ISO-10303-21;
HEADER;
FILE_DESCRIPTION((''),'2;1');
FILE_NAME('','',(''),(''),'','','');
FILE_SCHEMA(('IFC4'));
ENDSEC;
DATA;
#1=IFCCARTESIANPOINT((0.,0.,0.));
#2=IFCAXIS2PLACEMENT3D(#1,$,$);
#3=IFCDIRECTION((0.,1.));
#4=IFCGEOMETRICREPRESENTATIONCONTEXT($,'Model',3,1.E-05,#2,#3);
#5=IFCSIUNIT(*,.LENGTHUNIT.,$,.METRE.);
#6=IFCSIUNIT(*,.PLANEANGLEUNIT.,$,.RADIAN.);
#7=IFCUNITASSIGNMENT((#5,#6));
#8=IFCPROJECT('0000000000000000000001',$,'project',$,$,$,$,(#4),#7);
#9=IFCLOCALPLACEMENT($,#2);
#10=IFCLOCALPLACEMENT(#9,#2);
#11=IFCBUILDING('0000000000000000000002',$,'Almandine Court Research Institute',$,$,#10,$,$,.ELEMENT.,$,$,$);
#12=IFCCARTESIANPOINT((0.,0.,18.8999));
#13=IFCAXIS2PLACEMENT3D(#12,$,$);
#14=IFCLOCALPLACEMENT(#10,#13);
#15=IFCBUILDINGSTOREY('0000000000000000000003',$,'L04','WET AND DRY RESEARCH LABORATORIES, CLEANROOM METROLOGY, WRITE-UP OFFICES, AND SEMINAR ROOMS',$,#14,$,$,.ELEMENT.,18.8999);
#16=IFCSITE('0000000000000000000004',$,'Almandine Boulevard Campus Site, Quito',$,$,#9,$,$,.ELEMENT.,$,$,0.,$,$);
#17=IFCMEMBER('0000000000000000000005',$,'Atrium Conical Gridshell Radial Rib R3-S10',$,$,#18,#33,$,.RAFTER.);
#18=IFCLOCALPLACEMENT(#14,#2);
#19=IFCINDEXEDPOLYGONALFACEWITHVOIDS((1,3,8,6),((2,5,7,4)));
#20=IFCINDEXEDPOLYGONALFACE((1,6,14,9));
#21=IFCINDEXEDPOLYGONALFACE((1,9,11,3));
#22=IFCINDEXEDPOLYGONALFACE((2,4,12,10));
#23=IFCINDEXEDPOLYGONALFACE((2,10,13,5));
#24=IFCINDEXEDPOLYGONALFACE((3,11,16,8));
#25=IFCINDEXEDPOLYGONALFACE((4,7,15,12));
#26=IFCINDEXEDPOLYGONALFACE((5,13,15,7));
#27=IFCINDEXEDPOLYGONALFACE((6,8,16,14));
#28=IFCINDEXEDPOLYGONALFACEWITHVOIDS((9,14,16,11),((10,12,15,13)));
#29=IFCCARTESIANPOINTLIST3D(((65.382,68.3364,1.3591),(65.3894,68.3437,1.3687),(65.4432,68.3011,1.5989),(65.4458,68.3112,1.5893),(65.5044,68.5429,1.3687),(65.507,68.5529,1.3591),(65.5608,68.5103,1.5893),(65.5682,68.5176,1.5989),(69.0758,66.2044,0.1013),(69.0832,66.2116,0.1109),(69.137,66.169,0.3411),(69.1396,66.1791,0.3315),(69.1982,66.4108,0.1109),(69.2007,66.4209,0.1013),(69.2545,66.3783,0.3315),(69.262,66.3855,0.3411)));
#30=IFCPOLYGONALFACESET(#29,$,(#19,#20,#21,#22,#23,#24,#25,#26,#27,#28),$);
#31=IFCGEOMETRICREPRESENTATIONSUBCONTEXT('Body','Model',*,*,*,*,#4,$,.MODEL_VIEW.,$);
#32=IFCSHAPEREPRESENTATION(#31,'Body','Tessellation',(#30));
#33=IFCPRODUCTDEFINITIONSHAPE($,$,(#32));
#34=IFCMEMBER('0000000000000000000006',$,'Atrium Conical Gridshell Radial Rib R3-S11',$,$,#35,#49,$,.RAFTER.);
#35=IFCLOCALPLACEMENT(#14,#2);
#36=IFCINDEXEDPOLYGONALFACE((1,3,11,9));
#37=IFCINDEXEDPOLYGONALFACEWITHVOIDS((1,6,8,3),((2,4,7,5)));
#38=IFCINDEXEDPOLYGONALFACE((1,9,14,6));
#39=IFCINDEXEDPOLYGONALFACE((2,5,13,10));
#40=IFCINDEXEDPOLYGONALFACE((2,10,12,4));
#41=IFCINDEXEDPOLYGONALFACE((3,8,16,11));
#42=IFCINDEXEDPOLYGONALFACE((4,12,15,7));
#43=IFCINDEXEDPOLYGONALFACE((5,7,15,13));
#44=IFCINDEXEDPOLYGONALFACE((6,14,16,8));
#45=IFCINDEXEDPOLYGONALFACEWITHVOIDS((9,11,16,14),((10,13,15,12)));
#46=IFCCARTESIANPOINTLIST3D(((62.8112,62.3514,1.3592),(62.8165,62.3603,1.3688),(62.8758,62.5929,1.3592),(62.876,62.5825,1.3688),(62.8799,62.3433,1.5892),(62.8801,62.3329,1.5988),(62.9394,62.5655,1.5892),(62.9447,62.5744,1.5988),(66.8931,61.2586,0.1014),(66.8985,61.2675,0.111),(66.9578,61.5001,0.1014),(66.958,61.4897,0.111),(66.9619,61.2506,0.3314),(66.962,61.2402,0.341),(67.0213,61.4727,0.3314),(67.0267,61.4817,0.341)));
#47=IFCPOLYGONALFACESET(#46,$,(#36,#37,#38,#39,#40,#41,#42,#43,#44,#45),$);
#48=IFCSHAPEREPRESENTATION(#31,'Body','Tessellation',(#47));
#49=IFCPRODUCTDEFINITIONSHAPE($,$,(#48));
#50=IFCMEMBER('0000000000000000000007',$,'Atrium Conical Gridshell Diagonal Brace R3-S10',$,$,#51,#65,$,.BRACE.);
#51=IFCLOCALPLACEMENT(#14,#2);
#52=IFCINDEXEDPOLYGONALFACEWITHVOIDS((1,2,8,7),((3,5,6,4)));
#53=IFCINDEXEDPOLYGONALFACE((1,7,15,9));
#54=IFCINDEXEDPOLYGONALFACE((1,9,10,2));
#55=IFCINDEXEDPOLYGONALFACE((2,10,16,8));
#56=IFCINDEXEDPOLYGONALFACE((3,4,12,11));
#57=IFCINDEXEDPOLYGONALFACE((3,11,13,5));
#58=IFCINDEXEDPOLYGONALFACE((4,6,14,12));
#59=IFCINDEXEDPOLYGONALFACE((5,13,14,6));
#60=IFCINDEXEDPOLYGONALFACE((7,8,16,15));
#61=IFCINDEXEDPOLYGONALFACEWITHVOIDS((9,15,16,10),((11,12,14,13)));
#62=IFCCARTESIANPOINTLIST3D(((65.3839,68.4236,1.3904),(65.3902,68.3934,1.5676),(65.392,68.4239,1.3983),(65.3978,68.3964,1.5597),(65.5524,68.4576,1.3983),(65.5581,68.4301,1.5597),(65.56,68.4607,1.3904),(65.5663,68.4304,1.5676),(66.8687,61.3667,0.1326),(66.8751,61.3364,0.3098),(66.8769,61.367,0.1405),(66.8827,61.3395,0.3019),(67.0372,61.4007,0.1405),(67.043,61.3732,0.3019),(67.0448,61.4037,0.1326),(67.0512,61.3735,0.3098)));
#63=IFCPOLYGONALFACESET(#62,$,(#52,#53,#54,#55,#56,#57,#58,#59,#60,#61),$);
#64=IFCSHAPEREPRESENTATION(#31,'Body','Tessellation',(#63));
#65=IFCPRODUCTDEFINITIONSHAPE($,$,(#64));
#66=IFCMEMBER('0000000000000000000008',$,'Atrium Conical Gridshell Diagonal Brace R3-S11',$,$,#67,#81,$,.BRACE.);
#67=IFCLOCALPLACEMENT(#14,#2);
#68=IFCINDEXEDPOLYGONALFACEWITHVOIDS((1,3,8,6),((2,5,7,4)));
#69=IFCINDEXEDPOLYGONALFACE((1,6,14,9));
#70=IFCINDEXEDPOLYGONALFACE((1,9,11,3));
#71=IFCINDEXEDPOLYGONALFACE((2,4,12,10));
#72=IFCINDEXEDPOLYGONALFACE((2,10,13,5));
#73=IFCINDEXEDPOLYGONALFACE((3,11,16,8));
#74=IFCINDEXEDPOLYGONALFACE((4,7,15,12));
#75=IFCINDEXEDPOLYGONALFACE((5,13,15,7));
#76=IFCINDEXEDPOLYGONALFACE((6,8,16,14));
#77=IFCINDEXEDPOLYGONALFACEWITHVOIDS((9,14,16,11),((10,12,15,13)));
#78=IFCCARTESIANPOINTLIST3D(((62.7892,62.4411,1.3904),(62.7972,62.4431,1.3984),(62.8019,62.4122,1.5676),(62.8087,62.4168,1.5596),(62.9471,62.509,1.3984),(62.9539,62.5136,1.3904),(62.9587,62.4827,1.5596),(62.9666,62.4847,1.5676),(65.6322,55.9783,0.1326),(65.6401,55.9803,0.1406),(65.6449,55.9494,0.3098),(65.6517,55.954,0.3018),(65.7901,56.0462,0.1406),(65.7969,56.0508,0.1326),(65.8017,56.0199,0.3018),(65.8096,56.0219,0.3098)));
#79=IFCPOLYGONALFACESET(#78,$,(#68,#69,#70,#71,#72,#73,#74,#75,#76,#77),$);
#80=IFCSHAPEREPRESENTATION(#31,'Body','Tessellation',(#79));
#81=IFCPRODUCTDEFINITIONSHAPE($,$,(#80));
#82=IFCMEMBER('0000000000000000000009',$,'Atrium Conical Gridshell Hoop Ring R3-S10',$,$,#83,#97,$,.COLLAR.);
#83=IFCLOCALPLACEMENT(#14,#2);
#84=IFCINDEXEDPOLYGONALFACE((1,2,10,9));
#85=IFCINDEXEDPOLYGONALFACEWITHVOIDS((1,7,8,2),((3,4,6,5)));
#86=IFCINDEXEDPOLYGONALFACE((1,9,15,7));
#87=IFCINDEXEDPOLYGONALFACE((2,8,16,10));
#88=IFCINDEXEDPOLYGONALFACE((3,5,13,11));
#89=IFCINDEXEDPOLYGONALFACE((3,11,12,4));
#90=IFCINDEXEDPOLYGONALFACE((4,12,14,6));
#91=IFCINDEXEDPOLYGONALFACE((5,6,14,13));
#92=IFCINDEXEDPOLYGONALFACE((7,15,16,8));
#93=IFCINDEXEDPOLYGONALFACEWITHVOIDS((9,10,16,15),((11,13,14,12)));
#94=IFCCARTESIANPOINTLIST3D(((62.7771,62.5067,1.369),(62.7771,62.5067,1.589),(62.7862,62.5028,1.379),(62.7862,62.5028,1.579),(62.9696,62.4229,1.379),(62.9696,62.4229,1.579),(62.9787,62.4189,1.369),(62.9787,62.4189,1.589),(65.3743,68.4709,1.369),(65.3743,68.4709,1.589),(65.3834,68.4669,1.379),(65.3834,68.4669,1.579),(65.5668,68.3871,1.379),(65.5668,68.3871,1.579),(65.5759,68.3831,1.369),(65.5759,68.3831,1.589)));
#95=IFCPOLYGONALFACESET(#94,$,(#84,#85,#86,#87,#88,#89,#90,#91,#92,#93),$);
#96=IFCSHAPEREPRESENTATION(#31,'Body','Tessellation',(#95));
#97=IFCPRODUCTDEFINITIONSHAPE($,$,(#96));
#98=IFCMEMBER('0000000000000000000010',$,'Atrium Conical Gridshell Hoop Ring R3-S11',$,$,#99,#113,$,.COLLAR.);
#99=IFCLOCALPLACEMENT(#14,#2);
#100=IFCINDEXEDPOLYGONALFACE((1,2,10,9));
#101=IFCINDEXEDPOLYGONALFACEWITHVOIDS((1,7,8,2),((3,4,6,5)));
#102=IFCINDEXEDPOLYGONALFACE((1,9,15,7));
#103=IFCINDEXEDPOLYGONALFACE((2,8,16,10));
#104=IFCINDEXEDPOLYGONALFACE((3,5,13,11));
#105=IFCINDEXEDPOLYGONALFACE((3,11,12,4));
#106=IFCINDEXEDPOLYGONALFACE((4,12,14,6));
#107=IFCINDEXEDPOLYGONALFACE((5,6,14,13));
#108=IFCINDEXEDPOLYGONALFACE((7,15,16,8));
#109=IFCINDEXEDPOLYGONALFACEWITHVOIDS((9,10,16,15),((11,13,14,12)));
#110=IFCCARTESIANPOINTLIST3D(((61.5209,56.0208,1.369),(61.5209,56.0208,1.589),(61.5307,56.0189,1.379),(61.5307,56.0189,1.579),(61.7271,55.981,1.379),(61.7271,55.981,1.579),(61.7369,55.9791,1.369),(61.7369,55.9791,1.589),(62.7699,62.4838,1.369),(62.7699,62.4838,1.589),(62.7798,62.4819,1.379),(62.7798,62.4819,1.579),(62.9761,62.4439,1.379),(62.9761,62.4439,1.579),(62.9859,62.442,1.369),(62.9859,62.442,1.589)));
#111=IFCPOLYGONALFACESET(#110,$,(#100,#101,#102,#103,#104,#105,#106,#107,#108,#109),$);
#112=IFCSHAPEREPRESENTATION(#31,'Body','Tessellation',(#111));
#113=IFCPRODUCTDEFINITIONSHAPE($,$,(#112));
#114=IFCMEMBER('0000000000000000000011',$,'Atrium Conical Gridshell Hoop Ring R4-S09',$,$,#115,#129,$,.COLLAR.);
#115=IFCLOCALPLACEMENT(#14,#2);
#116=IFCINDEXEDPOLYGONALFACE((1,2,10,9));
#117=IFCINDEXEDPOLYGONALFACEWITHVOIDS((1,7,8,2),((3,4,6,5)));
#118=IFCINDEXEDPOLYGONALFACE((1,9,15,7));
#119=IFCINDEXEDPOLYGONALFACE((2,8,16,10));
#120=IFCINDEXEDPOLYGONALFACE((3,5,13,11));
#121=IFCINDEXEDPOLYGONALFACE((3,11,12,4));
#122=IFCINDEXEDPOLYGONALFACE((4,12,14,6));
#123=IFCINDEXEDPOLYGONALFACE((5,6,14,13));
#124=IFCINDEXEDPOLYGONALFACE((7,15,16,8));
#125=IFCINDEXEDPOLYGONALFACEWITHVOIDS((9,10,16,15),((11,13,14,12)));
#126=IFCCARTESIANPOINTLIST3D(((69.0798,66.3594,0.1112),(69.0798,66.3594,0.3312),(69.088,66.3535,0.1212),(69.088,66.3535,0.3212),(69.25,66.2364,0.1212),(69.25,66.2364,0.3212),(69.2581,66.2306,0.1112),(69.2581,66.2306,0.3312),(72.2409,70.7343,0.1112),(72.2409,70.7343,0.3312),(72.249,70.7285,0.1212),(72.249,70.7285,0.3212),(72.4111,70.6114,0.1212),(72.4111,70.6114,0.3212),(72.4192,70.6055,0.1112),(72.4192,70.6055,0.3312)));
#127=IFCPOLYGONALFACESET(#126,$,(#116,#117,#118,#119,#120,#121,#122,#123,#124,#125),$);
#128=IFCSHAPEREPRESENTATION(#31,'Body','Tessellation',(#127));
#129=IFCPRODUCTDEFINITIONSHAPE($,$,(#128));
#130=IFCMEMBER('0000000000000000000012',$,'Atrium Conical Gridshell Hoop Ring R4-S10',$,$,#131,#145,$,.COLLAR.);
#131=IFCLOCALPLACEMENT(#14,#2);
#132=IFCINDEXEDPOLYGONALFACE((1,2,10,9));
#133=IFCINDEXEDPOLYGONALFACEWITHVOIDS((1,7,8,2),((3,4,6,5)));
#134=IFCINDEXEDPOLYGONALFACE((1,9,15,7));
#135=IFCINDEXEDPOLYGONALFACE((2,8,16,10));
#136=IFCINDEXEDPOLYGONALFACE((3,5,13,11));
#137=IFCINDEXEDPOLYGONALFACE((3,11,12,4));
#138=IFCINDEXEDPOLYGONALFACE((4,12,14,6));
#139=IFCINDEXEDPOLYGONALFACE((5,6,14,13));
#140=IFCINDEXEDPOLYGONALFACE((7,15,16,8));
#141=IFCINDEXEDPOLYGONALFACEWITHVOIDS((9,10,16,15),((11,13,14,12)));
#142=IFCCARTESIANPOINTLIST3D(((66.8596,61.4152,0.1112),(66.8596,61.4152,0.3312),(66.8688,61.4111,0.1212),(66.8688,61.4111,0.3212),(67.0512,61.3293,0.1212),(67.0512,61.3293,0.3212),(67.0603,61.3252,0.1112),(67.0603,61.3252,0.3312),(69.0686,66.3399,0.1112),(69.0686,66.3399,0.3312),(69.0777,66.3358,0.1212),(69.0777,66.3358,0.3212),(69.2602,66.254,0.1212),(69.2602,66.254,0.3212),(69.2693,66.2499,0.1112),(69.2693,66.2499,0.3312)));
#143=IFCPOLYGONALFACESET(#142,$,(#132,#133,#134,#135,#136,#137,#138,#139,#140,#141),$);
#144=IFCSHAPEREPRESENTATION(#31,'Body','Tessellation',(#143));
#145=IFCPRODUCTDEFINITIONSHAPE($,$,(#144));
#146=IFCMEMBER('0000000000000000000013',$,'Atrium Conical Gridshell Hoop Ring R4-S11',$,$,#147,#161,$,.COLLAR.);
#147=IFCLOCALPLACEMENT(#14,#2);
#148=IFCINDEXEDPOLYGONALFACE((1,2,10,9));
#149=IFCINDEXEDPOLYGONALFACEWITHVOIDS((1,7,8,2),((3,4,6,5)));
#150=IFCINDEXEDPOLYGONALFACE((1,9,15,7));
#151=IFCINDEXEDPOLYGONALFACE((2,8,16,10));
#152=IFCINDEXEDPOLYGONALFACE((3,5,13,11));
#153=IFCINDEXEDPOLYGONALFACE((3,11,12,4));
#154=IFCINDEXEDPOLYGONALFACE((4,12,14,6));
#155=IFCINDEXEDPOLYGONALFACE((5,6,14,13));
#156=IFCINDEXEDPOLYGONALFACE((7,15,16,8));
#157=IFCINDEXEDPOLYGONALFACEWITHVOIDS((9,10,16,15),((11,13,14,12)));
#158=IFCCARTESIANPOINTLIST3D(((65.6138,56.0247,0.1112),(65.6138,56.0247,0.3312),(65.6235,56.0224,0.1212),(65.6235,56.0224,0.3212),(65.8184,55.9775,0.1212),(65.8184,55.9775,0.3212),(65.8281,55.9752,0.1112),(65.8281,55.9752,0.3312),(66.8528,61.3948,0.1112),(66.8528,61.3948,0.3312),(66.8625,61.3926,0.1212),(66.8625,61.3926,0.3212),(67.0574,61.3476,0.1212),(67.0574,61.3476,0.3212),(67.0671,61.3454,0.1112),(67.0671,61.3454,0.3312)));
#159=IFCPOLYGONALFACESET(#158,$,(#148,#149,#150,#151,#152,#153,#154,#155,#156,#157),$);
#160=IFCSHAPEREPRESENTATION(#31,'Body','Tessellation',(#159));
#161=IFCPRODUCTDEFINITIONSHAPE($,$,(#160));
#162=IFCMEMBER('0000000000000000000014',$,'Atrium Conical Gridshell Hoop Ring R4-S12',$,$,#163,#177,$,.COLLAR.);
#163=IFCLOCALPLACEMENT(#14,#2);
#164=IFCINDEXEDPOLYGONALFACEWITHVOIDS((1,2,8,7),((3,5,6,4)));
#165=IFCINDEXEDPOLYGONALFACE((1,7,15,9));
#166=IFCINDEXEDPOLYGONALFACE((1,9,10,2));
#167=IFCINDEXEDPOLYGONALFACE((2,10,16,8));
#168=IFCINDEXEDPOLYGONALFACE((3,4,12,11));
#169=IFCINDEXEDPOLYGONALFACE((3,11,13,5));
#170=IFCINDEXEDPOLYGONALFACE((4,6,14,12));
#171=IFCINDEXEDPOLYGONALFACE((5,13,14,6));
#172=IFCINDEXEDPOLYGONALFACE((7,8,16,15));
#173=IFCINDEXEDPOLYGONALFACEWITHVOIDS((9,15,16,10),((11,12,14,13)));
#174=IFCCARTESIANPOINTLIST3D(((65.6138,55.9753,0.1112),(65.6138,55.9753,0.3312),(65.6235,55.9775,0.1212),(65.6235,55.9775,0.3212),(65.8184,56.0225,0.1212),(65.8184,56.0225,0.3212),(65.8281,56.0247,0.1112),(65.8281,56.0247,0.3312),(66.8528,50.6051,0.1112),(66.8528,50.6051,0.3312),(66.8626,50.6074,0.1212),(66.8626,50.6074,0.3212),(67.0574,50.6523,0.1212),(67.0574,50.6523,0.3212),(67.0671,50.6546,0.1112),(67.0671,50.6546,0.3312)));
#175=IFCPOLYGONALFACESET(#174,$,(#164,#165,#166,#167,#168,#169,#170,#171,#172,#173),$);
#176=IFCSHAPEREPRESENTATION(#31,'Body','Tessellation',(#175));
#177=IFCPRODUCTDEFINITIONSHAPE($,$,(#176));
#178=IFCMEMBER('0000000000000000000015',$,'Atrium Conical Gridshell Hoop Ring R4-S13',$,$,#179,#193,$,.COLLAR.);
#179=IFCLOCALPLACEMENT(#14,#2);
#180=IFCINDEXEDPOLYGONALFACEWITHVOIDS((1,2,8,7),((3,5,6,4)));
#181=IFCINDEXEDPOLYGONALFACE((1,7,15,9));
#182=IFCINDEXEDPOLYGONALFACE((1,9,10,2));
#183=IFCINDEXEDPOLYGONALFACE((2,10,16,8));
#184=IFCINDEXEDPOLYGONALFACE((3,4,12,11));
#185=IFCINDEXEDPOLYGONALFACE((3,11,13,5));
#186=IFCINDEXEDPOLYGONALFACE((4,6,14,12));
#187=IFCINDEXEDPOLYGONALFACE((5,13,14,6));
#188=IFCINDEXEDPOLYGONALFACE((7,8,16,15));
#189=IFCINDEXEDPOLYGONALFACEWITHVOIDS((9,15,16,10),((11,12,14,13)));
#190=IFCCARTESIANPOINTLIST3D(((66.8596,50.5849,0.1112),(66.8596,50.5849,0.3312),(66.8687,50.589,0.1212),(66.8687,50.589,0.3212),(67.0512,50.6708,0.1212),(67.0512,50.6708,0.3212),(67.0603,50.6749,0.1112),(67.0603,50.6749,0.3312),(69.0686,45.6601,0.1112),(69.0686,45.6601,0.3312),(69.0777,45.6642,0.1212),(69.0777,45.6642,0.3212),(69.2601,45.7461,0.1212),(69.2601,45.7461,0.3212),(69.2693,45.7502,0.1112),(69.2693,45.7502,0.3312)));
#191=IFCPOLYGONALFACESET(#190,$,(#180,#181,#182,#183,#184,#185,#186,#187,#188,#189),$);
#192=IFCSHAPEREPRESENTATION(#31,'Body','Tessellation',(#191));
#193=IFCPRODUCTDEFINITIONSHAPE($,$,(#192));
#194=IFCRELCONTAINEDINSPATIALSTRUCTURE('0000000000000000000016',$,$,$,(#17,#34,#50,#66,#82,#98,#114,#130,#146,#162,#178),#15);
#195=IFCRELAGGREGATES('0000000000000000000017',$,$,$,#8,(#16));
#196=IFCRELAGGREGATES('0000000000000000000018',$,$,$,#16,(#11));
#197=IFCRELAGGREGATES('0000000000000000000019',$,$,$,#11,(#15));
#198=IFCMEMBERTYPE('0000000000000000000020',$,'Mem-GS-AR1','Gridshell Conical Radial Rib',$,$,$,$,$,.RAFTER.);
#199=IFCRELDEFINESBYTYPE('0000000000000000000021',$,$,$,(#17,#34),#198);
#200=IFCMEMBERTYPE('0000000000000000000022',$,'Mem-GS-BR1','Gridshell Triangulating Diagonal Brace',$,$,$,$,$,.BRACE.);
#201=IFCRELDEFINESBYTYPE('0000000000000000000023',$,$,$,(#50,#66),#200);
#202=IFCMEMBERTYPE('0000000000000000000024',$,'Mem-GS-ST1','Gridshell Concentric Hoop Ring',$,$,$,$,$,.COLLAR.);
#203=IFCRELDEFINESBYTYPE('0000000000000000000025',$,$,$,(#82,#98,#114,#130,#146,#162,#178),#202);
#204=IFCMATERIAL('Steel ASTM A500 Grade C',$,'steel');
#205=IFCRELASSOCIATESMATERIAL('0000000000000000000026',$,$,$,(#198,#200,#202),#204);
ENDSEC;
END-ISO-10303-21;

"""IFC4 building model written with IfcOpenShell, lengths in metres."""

from ifc_helpers import new_model, si_unit, direction, frame, origin, origin_2d, place, context, subcontext, project, spatial, hollow_rectangle, extrude, material, material_profile, profile_set, type_object, element, save


model = new_model("IFC4")

# Units and contexts
model_context = context("Model", 3, precision=1e-05, world=origin(), true_north=direction((0.0, 1.0)))
body_context = subcontext(model_context, "Body", "Model", "MODEL_VIEW")
ifc_project = project(units=[si_unit("LENGTHUNIT", "METRE"), si_unit("PLANEANGLEUNIT", "RADIAN")], contexts=[model_context])

# Site, building, storey
site_placement = place(None, origin())
site = spatial("IfcSite", under=ifc_project, at=site_placement, Name="Almandine Boulevard Campus Site, Quito", CompositionType="ELEMENT", RefElevation=0.0)
building_placement = place(site_placement, origin())
building = spatial("IfcBuilding", under=site, at=building_placement, Name="Almandine Court Research Institute", CompositionType="ELEMENT")
storey_placement = place(building_placement, frame((0.0, 0.0, 18.8999)))
storey = spatial("IfcBuildingStorey", under=building, at=storey_placement, Name="L04", Description="WET AND DRY RESEARCH LABORATORIES, CLEANROOM METROLOGY, WRITE-UP OFFICES, AND SEMINAR ROOMS", CompositionType="ELEMENT", Elevation=18.8999)

# Members
ifc_material_1 = material(Name="Steel ASTM A500 Grade C", Category="steel")
ifc_material_profile_1 = material_profile(ifc_material_1, hollow_rectangle(XDim=0.25, YDim=0.25, WallThickness=0.01, at=origin_2d()), Name="HSS 250x250x10")
ifc_profile_set_1 = profile_set([ifc_material_profile_1], Name="Steel ASTM A500 Grade C")
member_type_1 = type_object("IfcMemberType", Name="Mem-GS-AR1", Description="Gridshell Conical Radial Rib", PredefinedType="RAFTER", material=ifc_profile_set_1)
member_1_placement = place(storey_placement, frame((65.4751, 68.427, 1.479), z_axis=(0.83071, -0.479484, -0.28287), x_axis=(0.499901, 0.866083, 0.0)))
element("IfcMember", 1, at=member_1_placement, inside=storey, type_object=member_type_1, Name="Atrium Conical Gridshell Radial Rib R3-S10", PredefinedType="RAFTER", context=body_context, shape_type="SweptSolid", body=[
    extrude(hollow_rectangle(XDim=0.25, YDim=0.25, WallThickness=0.01, at=origin_2d()), origin(), (0.0, 0.0, 1.0), 4.4465),
])
member_2_placement = place(storey_placement, frame((62.8779, 62.4629, 1.479), z_axis=(0.925842, -0.247851, -0.285283), x_axis=(0.258597, 0.965985, 0.0)))
element("IfcMember", 2, at=member_2_placement, inside=storey, type_object=member_type_1, Name="Atrium Conical Gridshell Radial Rib R3-S11", PredefinedType="RAFTER", context=body_context, shape_type="SweptSolid", body=[
    extrude(hollow_rectangle(XDim=0.25, YDim=0.25, WallThickness=0.01, at=origin_2d()), origin(), (0.0, 0.0, 1.0), 4.4089),
])
ifc_material_profile_2 = material_profile(ifc_material_1, hollow_rectangle(XDim=0.1799, YDim=0.1799, WallThickness=0.0081, at=origin_2d()), Name="HSS 180x180x8")
ifc_profile_set_2 = profile_set([ifc_material_profile_2], Name="Steel ASTM A500 Grade C")
member_type_2 = type_object("IfcMemberType", Name="Mem-GS-BR1", Description="Gridshell Triangulating Diagonal Brace", PredefinedType="BRACE", material=ifc_profile_set_2)
member_3_placement = place(storey_placement, frame((65.4751, 68.427, 1.479), z_axis=(0.202842, -0.964018, -0.171826), x_axis=(0.978572, 0.205905, 0.0)))
element("IfcMember", 3, at=member_3_placement, inside=storey, type_object=member_type_2, Name="Atrium Conical Gridshell Diagonal Brace R3-S10", PredefinedType="BRACE", context=body_context, shape_type="SweptSolid", body=[
    extrude(hollow_rectangle(XDim=0.1799, YDim=0.1799, WallThickness=0.0081, at=origin_2d()), origin(), (0.0, 0.0, 1.0), 7.3203),
])
member_4_placement = place(storey_placement, frame((62.8779, 62.4629, 1.479), z_axis=(0.39642, -0.901161, -0.175385), x_axis=(0.915349, 0.402661, 0.0)))
element("IfcMember", 4, at=member_4_placement, inside=storey, type_object=member_type_2, Name="Atrium Conical Gridshell Diagonal Brace R3-S11", PredefinedType="BRACE", context=body_context, shape_type="SweptSolid", body=[
    extrude(hollow_rectangle(XDim=0.1799, YDim=0.1799, WallThickness=0.0081, at=origin_2d()), origin(), (0.0, 0.0, 1.0), 7.1716),
])
ifc_material_profile_3 = material_profile(ifc_material_1, hollow_rectangle(XDim=0.22, YDim=0.22, WallThickness=0.01, at=origin_2d()), Name="HSS 220x220x10")
ifc_profile_set_3 = profile_set([ifc_material_profile_3], Name="Steel ASTM A500 Grade C")
member_type_3 = type_object("IfcMemberType", Name="Mem-GS-ST1", Description="Gridshell Concentric Hoop Ring", PredefinedType="COLLAR", material=ifc_profile_set_3)
member_5_placement = place(storey_placement, frame((65.4751, 68.427, 1.479), z_axis=(-0.399253, -0.916841, 0.0), x_axis=(0.916841, -0.399253, 0.0)))
element("IfcMember", 5, at=member_5_placement, inside=storey, type_object=member_type_3, Name="Atrium Conical Gridshell Hoop Ring R3-S10", PredefinedType="COLLAR", context=body_context, shape_type="SweptSolid", body=[
    extrude(hollow_rectangle(XDim=0.22, YDim=0.22, WallThickness=0.01, at=origin_2d()), origin(), (0.0, 0.0, 1.0), 6.5051),
])
member_6_placement = place(storey_placement, frame((62.8779, 62.4629, 1.479), z_axis=(-0.18975, -0.981832, 0.0), x_axis=(0.981832, -0.18975, 0.0)))
element("IfcMember", 6, at=member_6_placement, inside=storey, type_object=member_type_3, Name="Atrium Conical Gridshell Hoop Ring R3-S11", PredefinedType="COLLAR", context=body_context, shape_type="SweptSolid", body=[
    extrude(hollow_rectangle(XDim=0.22, YDim=0.22, WallThickness=0.01, at=origin_2d()), origin(), (0.0, 0.0, 1.0), 6.5825),
])
for number, where, z_axis, x_axis, name in (
    (7, (72.3301, 70.6699, 0.2212), (-0.585662, -0.810555, 0.0), (0.810555, -0.585662, 0.0), "Atrium Conical Gridshell Hoop Ring R4-S09"),
    (8, (69.1689, 66.2949, 0.2212), (-0.409258, -0.912418, 0.0), (0.912418, -0.409258, 0.0), "Atrium Conical Gridshell Hoop Ring R4-S10"),
):
    element("IfcMember", number, at=place(storey_placement, frame(where, z_axis=z_axis, x_axis=x_axis)), inside=storey, type_object=member_type_3, Name=name, PredefinedType="COLLAR", context=body_context, shape_type="SweptSolid", body=[
        extrude(hollow_rectangle(XDim=0.22, YDim=0.22, WallThickness=0.01, at=origin_2d()), origin(), (0.0, 0.0, 1.0), 5.3975),
    ])
for number, where, z_axis, x_axis, name in (
    (9, (66.96, 61.3701, 0.2212), (-0.224817, -0.974401, 0.0), (0.974401, -0.224817, 0.0), "Atrium Conical Gridshell Hoop Ring R4-S11"),
    (10, (65.7209, 56.0, 0.2212), (0.224817, -0.974401, 0.0), (0.974401, 0.224817, 0.0), "Atrium Conical Gridshell Hoop Ring R4-S12"),
):
    element("IfcMember", number, at=place(storey_placement, frame(where, z_axis=z_axis, x_axis=x_axis)), inside=storey, type_object=member_type_3, Name=name, PredefinedType="COLLAR", context=body_context, shape_type="SweptSolid", body=[
        extrude(hollow_rectangle(XDim=0.22, YDim=0.22, WallThickness=0.01, at=origin_2d()), origin(), (0.0, 0.0, 1.0), 5.5112),
    ])
member_7_placement = place(storey_placement, frame((66.96, 50.6299, 0.2212), z_axis=(0.409258, -0.912418, 0.0), x_axis=(0.912418, 0.409258, 0.0)))
element("IfcMember", 11, at=member_7_placement, inside=storey, type_object=member_type_3, Name="Atrium Conical Gridshell Hoop Ring R4-S13", PredefinedType="COLLAR", context=body_context, shape_type="SweptSolid", body=[
    extrude(hollow_rectangle(XDim=0.22, YDim=0.22, WallThickness=0.01, at=origin_2d()), origin(), (0.0, 0.0, 1.0), 5.3975),
])

save(model, "model.ifc")
